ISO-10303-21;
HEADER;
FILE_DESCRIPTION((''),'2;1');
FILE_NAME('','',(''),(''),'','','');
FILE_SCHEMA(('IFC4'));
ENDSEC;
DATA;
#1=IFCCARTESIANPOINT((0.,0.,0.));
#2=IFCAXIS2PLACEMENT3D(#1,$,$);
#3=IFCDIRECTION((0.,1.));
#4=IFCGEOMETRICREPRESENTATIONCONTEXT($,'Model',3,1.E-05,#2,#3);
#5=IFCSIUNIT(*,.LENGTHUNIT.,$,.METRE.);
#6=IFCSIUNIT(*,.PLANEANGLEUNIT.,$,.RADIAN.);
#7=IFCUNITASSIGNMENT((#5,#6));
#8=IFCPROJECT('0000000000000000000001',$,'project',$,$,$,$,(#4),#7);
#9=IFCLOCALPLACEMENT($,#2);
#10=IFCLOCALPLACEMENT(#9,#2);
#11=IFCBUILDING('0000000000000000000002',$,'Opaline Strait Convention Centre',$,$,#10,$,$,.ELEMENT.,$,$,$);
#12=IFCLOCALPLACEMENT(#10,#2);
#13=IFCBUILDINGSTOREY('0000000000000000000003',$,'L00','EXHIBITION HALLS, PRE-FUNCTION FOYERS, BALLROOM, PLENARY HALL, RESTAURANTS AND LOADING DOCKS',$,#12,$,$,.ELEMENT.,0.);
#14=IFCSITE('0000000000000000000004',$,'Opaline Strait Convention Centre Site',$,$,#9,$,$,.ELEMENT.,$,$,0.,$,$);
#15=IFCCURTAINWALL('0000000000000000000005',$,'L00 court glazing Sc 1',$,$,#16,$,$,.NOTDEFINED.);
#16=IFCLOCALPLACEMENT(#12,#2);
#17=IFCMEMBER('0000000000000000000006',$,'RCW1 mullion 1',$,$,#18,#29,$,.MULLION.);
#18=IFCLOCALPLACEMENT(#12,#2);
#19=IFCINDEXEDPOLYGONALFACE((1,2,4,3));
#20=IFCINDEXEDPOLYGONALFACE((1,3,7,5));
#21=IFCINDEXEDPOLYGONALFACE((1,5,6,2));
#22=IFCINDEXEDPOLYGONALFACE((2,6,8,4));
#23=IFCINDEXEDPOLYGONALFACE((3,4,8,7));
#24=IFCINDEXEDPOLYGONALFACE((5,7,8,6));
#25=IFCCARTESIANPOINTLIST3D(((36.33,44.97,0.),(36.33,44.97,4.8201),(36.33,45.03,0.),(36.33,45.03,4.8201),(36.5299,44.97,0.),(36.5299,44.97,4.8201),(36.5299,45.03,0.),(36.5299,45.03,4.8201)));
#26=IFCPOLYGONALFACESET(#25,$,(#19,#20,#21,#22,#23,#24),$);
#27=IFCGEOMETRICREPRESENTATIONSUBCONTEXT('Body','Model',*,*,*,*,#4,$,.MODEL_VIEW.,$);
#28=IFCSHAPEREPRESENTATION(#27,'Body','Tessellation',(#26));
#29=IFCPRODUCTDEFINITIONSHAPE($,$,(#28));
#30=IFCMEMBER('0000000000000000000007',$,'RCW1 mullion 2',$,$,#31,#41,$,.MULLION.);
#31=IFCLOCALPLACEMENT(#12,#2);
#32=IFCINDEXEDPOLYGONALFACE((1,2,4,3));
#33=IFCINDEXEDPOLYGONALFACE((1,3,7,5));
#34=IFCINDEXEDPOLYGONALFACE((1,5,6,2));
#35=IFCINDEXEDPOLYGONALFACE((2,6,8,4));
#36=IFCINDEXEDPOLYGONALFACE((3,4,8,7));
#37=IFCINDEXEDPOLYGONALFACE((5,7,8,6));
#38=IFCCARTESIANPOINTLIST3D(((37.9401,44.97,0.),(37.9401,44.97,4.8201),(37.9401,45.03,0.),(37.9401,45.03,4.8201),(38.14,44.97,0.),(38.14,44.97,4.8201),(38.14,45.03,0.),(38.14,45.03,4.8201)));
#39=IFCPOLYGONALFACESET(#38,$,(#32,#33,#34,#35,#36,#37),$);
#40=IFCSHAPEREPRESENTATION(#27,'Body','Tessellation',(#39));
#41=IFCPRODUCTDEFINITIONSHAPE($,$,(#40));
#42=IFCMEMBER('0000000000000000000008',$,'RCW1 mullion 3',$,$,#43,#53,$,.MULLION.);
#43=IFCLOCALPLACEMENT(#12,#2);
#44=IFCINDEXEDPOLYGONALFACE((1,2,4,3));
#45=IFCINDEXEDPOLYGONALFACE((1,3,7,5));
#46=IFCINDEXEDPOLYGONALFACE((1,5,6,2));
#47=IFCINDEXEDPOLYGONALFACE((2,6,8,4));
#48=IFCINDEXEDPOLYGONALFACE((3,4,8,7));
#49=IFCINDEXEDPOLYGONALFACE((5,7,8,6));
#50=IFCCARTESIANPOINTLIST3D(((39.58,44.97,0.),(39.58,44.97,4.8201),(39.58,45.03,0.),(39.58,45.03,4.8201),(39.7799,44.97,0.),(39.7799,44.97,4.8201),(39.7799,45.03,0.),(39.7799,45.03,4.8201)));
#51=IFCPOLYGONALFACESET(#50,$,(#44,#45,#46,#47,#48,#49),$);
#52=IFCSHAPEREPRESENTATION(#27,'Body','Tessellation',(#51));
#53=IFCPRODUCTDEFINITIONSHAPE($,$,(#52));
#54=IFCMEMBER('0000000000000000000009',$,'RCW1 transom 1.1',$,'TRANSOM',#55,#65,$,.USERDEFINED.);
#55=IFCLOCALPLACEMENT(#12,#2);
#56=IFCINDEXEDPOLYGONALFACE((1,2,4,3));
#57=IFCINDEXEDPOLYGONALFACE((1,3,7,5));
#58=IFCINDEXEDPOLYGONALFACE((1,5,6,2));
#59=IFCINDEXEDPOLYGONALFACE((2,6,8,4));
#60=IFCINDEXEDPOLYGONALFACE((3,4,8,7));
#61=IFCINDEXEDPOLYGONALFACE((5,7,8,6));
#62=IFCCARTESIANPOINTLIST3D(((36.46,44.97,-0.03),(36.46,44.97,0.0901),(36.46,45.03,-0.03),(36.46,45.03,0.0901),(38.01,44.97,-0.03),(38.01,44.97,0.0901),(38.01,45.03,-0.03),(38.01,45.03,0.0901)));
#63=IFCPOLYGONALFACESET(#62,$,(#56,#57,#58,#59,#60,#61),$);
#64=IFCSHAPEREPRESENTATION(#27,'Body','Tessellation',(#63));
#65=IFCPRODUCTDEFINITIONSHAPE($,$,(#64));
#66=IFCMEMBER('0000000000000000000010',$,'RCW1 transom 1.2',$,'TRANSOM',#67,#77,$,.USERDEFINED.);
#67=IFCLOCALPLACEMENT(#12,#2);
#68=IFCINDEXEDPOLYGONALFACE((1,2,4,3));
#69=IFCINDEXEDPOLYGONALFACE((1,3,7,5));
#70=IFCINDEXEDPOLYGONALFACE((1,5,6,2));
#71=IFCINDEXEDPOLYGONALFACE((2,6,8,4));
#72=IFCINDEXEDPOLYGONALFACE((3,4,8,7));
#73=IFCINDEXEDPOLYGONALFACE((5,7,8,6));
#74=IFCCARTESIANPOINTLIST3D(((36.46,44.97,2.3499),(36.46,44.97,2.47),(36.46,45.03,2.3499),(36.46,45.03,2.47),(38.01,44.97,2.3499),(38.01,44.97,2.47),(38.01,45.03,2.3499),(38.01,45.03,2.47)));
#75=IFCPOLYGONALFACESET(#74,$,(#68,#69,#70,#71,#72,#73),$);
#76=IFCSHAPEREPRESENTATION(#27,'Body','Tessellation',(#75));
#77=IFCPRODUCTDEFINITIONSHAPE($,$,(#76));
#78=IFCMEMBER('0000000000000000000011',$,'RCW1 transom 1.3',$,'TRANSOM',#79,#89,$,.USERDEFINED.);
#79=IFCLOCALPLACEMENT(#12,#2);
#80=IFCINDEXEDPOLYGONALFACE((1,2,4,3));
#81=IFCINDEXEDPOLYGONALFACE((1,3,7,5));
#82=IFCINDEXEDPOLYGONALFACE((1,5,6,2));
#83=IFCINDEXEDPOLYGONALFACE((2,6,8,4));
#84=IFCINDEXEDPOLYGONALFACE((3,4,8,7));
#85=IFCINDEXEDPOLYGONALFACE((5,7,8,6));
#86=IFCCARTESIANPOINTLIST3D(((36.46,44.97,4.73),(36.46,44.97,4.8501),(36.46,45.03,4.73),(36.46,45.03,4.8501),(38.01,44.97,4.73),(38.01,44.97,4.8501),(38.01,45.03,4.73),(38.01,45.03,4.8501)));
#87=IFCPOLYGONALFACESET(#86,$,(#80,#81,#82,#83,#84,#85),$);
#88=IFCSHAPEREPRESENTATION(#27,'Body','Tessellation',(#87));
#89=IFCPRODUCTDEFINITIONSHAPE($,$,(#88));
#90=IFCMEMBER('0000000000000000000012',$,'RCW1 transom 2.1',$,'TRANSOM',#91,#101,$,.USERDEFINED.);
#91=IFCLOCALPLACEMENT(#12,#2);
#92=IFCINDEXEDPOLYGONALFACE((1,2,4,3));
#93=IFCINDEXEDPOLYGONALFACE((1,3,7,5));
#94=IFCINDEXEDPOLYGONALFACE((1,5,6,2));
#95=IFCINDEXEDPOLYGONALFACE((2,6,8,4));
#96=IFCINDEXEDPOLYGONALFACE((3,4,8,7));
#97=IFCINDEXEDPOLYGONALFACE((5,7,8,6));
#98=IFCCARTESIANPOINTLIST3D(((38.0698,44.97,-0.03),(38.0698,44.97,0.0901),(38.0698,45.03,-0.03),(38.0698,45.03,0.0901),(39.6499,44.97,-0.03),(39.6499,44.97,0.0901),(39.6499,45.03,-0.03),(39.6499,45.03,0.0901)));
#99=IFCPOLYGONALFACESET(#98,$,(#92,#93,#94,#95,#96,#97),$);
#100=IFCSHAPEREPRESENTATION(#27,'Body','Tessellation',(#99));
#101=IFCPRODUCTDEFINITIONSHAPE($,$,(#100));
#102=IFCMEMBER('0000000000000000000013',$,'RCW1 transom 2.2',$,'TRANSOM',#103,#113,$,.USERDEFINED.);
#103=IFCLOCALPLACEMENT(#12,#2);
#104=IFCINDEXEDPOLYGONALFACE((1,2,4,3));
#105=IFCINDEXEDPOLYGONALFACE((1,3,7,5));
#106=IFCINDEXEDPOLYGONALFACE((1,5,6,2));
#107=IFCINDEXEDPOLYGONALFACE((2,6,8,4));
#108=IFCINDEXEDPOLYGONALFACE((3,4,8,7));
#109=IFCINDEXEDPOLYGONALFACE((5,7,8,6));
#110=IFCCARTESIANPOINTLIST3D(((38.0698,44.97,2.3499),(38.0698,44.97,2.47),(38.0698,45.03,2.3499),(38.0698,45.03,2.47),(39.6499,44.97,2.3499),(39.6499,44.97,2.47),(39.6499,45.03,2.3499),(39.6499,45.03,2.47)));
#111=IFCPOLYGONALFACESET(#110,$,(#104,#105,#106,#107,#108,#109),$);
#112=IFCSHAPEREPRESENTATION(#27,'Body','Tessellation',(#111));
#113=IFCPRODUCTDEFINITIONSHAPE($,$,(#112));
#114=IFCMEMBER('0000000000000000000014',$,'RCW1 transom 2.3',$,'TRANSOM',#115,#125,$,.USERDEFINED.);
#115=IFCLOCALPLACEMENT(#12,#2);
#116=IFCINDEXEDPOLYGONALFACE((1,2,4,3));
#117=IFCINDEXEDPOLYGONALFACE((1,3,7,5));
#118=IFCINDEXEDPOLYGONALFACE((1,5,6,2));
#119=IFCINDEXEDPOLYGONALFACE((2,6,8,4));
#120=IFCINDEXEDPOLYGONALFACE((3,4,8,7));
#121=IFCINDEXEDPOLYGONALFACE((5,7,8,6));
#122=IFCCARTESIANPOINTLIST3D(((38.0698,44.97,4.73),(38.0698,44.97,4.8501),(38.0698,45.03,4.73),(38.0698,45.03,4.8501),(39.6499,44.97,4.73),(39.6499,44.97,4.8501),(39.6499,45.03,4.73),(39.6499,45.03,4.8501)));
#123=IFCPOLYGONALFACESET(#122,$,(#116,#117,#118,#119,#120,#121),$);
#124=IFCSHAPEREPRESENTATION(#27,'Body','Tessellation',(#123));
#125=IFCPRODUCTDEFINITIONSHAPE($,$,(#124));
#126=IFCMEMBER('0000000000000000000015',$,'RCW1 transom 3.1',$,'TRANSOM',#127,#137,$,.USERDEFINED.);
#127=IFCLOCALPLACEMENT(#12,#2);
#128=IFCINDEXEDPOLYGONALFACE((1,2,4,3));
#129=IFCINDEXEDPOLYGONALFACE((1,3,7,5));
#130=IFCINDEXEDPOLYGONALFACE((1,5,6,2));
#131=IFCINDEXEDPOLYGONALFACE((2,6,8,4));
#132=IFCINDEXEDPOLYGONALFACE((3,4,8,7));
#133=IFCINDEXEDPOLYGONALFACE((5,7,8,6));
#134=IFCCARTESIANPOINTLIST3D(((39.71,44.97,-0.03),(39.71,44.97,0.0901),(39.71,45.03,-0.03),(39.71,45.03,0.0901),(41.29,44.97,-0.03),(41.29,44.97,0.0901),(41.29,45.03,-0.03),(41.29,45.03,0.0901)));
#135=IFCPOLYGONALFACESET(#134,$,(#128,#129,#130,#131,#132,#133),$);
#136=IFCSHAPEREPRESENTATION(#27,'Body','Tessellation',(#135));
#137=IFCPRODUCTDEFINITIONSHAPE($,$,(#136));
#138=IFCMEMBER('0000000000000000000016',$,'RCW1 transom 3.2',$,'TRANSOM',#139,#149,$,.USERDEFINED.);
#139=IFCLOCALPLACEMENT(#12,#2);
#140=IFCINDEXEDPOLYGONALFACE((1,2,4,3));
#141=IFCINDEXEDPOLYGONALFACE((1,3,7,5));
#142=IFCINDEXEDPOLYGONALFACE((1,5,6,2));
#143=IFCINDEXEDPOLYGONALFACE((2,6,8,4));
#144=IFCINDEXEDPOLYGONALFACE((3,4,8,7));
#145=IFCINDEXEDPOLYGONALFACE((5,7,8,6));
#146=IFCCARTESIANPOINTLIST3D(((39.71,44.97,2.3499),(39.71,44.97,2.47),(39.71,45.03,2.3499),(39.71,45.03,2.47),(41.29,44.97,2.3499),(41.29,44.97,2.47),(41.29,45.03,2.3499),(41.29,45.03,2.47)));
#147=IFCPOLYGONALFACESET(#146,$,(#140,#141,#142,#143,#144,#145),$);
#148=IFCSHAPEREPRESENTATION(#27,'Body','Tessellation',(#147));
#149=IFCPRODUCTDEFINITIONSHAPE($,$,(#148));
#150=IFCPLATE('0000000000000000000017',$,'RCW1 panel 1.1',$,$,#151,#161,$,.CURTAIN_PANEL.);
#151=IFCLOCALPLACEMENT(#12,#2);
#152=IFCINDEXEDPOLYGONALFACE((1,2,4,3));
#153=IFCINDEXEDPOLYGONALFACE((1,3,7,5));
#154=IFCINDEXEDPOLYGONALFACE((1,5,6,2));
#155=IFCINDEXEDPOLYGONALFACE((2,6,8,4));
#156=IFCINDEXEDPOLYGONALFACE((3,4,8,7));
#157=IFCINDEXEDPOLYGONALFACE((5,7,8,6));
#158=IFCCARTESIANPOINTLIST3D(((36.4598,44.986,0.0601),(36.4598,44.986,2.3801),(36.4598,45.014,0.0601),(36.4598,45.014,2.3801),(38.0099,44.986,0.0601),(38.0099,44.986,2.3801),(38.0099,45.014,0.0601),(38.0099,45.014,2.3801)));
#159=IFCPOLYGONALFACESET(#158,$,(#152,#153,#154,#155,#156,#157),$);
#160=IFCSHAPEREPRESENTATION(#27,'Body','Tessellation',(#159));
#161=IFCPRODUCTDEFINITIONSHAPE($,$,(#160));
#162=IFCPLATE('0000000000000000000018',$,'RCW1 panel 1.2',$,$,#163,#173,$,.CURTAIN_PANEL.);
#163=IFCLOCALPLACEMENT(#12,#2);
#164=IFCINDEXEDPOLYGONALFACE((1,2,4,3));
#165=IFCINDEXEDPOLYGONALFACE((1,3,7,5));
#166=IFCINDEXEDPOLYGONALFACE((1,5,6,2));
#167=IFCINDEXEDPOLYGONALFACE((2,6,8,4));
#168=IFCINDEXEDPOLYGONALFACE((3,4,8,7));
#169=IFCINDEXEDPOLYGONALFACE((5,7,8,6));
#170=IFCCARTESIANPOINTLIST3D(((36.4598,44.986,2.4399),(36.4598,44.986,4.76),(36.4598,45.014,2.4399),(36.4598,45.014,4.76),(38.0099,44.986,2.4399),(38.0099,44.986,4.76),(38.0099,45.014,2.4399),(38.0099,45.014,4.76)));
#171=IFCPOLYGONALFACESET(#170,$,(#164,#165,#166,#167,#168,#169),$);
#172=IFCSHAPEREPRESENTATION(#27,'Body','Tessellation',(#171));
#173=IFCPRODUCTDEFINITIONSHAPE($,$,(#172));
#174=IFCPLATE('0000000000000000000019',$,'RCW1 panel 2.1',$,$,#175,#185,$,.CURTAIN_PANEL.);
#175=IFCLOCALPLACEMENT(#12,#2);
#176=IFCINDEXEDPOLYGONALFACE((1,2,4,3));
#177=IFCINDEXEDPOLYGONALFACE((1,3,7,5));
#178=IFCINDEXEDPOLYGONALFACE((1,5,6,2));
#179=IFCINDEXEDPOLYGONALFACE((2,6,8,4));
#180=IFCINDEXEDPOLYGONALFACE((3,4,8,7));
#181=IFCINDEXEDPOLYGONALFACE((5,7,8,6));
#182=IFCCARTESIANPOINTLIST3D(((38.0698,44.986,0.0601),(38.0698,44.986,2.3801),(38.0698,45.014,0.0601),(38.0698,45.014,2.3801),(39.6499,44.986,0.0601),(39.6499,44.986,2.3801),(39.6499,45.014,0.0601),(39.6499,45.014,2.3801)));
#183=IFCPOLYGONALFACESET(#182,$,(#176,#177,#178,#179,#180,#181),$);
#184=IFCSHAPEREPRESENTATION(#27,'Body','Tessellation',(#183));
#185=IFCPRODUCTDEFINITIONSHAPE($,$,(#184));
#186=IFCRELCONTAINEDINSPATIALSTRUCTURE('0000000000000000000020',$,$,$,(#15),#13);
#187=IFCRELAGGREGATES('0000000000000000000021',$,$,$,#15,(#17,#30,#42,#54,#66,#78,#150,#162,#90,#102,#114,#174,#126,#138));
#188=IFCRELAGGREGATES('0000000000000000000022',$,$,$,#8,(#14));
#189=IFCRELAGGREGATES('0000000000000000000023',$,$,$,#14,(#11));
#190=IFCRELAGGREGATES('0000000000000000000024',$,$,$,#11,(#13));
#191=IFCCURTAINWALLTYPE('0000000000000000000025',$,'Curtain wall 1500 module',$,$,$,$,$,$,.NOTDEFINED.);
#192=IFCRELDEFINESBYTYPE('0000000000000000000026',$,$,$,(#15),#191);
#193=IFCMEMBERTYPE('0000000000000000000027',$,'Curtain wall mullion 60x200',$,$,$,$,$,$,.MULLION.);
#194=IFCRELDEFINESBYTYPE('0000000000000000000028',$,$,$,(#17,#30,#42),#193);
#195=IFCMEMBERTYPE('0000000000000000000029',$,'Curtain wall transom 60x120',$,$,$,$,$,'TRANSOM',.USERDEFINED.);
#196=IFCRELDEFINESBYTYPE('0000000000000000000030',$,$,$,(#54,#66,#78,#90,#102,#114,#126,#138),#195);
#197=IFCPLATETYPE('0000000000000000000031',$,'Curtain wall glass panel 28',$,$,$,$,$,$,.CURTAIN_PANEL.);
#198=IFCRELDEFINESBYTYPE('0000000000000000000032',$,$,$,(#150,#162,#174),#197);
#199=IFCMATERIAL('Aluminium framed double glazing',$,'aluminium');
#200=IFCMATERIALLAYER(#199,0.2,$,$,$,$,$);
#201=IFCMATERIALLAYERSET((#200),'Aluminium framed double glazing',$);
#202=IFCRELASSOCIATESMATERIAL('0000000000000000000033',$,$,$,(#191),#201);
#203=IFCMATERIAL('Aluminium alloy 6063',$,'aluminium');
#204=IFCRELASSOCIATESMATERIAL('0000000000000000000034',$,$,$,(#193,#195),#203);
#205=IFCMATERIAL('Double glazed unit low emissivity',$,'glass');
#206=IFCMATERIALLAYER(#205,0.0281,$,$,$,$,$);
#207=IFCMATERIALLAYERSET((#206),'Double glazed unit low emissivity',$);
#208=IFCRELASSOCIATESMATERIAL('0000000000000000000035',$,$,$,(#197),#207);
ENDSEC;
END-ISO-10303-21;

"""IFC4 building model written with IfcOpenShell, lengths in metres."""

from ifc_helpers import new_model, si_unit, direction, frame, origin, origin_2d, place, context, subcontext, project, spatial, rectangle, extrude, material, layer, layer_set, material_profile, profile_set, type_object, element, aggregate, save


model = new_model("IFC4")

# Units and contexts
model_context = context("Model", 3, precision=1e-05, world=origin(), true_north=direction((0.0, 1.0)))
body_context = subcontext(model_context, "Body", "Model", "MODEL_VIEW")
ifc_project = project(units=[si_unit("LENGTHUNIT", "METRE"), si_unit("PLANEANGLEUNIT", "RADIAN")], contexts=[model_context])

# Site, building, storey
site_placement = place(None, origin())
site = spatial("IfcSite", under=ifc_project, at=site_placement, Name="Opaline Strait Convention Centre Site", CompositionType="ELEMENT", RefElevation=0.0)
building_placement = place(site_placement, origin())
building = spatial("IfcBuilding", under=site, at=building_placement, Name="Opaline Strait Convention Centre", CompositionType="ELEMENT")
storey_placement = place(building_placement, origin())
storey = spatial("IfcBuildingStorey", under=building, at=storey_placement, Name="L00", Description="EXHIBITION HALLS, PRE-FUNCTION FOYERS, BALLROOM, PLENARY HALL, RESTAURANTS AND LOADING DOCKS", CompositionType="ELEMENT", Elevation=0.0)

# Curtain wall, members, plates
ifc_material_1 = material(Name="Aluminium framed double glazing", Category="aluminium")
ifc_layer_1 = layer(ifc_material_1, 0.2)
ifc_layer_set_1 = layer_set([ifc_layer_1], Name="Aluminium framed double glazing")
curtain_wall_type = type_object("IfcCurtainWallType", Name="Curtain wall 1500 module", PredefinedType="NOTDEFINED", material=ifc_layer_set_1)
curtain_wall_placement = place(storey_placement, origin())
curtain_wall = element("IfcCurtainWall", 1, at=curtain_wall_placement, inside=storey, type_object=curtain_wall_type, Name="L00 court glazing Sc 1", PredefinedType="NOTDEFINED")
ifc_material_2 = material(Name="Aluminium alloy 6063", Category="aluminium")
ifc_material_profile_1 = material_profile(ifc_material_2, rectangle(XDim=0.0601, YDim=0.2, at=origin_2d()), Name="Curtain wall mullion 60x200")
ifc_profile_set_1 = profile_set([ifc_material_profile_1], Name="Aluminium alloy 6063")
member_type_1 = type_object("IfcMemberType", Name="Curtain wall mullion 60x200", PredefinedType="MULLION", material=ifc_profile_set_1)
member_1_placement = place(storey_placement, frame((36.4299, 45.0, 0.0), z_axis=(0.0, 0.0, 1.0), x_axis=(0.0, 1.0, 0.0)))
member_1 = element("IfcMember", 2, at=member_1_placement, type_object=member_type_1, Name="RCW1 mullion 1", PredefinedType="MULLION", context=body_context, shape_type="SweptSolid", body=[
    extrude(rectangle(XDim=0.0601, YDim=0.2, at=origin_2d()), origin(), (0.0, 0.0, 1.0), 4.8201),
])
member_2_placement = place(storey_placement, frame((38.04, 45.0, 0.0), z_axis=(0.0, 0.0, 1.0), x_axis=(0.0, 1.0, 0.0)))
member_2 = element("IfcMember", 3, at=member_2_placement, type_object=member_type_1, Name="RCW1 mullion 2", PredefinedType="MULLION", context=body_context, shape_type="SweptSolid", body=[
    extrude(rectangle(XDim=0.0601, YDim=0.2, at=origin_2d()), origin(), (0.0, 0.0, 1.0), 4.8201),
])
member_3_placement = place(storey_placement, frame((39.6799, 45.0, 0.0), z_axis=(0.0, 0.0, 1.0), x_axis=(0.0, 1.0, 0.0)))
member_3 = element("IfcMember", 4, at=member_3_placement, type_object=member_type_1, Name="RCW1 mullion 3", PredefinedType="MULLION", context=body_context, shape_type="SweptSolid", body=[
    extrude(rectangle(XDim=0.0601, YDim=0.2, at=origin_2d()), origin(), (0.0, 0.0, 1.0), 4.8201),
])
ifc_material_profile_2 = material_profile(ifc_material_2, rectangle(XDim=0.0601, YDim=0.1201, at=origin_2d()), Name="Curtain wall transom 60x120")
ifc_profile_set_2 = profile_set([ifc_material_profile_2], Name="Aluminium alloy 6063")
member_type_2 = type_object("IfcMemberType", Name="Curtain wall transom 60x120", ElementType="TRANSOM", PredefinedType="USERDEFINED", material=ifc_profile_set_2)
member_4_placement = place(storey_placement, frame((36.46, 45.0, 0.03), z_axis=(1.0, 0.0, 0.0), x_axis=(0.0, 1.0, 0.0)))
member_4 = element("IfcMember", 5, at=member_4_placement, type_object=member_type_2, Name="RCW1 transom 1.1", ObjectType="TRANSOM", PredefinedType="USERDEFINED", context=body_context, shape_type="SweptSolid", body=[
    extrude(rectangle(XDim=0.0601, YDim=0.1201, at=origin_2d()), origin(), (0.0, 0.0, 1.0), 1.55),
])
member_5_placement = place(storey_placement, frame((36.46, 45.0, 2.4099), z_axis=(1.0, 0.0, 0.0), x_axis=(0.0, 1.0, 0.0)))
member_5 = element("IfcMember", 6, at=member_5_placement, type_object=member_type_2, Name="RCW1 transom 1.2", ObjectType="TRANSOM", PredefinedType="USERDEFINED", context=body_context, shape_type="SweptSolid", body=[
    extrude(rectangle(XDim=0.0601, YDim=0.1201, at=origin_2d()), origin(), (0.0, 0.0, 1.0), 1.55),
])
member_6_placement = place(storey_placement, frame((36.46, 45.0, 4.79), z_axis=(1.0, 0.0, 0.0), x_axis=(0.0, 1.0, 0.0)))
member_6 = element("IfcMember", 7, at=member_6_placement, type_object=member_type_2, Name="RCW1 transom 1.3", ObjectType="TRANSOM", PredefinedType="USERDEFINED", context=body_context, shape_type="SweptSolid", body=[
    extrude(rectangle(XDim=0.0601, YDim=0.1201, at=origin_2d()), origin(), (0.0, 0.0, 1.0), 1.55),
])
member_7_placement = place(storey_placement, frame((38.0698, 45.0, 0.03), z_axis=(1.0, 0.0, 0.0), x_axis=(0.0, 1.0, 0.0)))
member_7 = element("IfcMember", 8, at=member_7_placement, type_object=member_type_2, Name="RCW1 transom 2.1", ObjectType="TRANSOM", PredefinedType="USERDEFINED", context=body_context, shape_type="SweptSolid", body=[
    extrude(rectangle(XDim=0.0601, YDim=0.1201, at=origin_2d()), origin(), (0.0, 0.0, 1.0), 1.5801),
])
member_8_placement = place(storey_placement, frame((38.0698, 45.0, 2.4099), z_axis=(1.0, 0.0, 0.0), x_axis=(0.0, 1.0, 0.0)))
member_8 = element("IfcMember", 9, at=member_8_placement, type_object=member_type_2, Name="RCW1 transom 2.2", ObjectType="TRANSOM", PredefinedType="USERDEFINED", context=body_context, shape_type="SweptSolid", body=[
    extrude(rectangle(XDim=0.0601, YDim=0.1201, at=origin_2d()), origin(), (0.0, 0.0, 1.0), 1.5801),
])
member_9_placement = place(storey_placement, frame((38.0698, 45.0, 4.79), z_axis=(1.0, 0.0, 0.0), x_axis=(0.0, 1.0, 0.0)))
member_9 = element("IfcMember", 10, at=member_9_placement, type_object=member_type_2, Name="RCW1 transom 2.3", ObjectType="TRANSOM", PredefinedType="USERDEFINED", context=body_context, shape_type="SweptSolid", body=[
    extrude(rectangle(XDim=0.0601, YDim=0.1201, at=origin_2d()), origin(), (0.0, 0.0, 1.0), 1.5801),
])
member_10_placement = place(storey_placement, frame((39.71, 45.0, 0.03), z_axis=(1.0, 0.0, 0.0), x_axis=(0.0, 1.0, 0.0)))
member_10 = element("IfcMember", 11, at=member_10_placement, type_object=member_type_2, Name="RCW1 transom 3.1", ObjectType="TRANSOM", PredefinedType="USERDEFINED", context=body_context, shape_type="SweptSolid", body=[
    extrude(rectangle(XDim=0.0601, YDim=0.1201, at=origin_2d()), origin(), (0.0, 0.0, 1.0), 1.5801),
])
member_11_placement = place(storey_placement, frame((39.71, 45.0, 2.4099), z_axis=(1.0, 0.0, 0.0), x_axis=(0.0, 1.0, 0.0)))
member_11 = element("IfcMember", 12, at=member_11_placement, type_object=member_type_2, Name="RCW1 transom 3.2", ObjectType="TRANSOM", PredefinedType="USERDEFINED", context=body_context, shape_type="SweptSolid", body=[
    extrude(rectangle(XDim=0.0601, YDim=0.1201, at=origin_2d()), origin(), (0.0, 0.0, 1.0), 1.5801),
])
ifc_material_3 = material(Name="Double glazed unit low emissivity", Category="glass")
ifc_layer_2 = layer(ifc_material_3, 0.0281)
ifc_layer_set_2 = layer_set([ifc_layer_2], Name="Double glazed unit low emissivity")
plate_type = type_object("IfcPlateType", Name="Curtain wall glass panel 28", PredefinedType="CURTAIN_PANEL", material=ifc_layer_set_2)
plate_1_placement = place(storey_placement, frame((37.2349, 45.0, 0.0601), z_axis=(0.0, 0.0, 1.0), x_axis=(1.0, 0.0, 0.0)))
plate_1 = element("IfcPlate", 13, at=plate_1_placement, type_object=plate_type, Name="RCW1 panel 1.1", PredefinedType="CURTAIN_PANEL", context=body_context, shape_type="SweptSolid", body=[
    extrude(rectangle(XDim=1.55, YDim=0.0281, at=origin_2d()), origin(), (0.0, 0.0, 1.0), 2.3201),
])
plate_2_placement = place(storey_placement, frame((37.2349, 45.0, 2.4399), z_axis=(0.0, 0.0, 1.0), x_axis=(1.0, 0.0, 0.0)))
plate_2 = element("IfcPlate", 14, at=plate_2_placement, type_object=plate_type, Name="RCW1 panel 1.2", PredefinedType="CURTAIN_PANEL", context=body_context, shape_type="SweptSolid", body=[
    extrude(rectangle(XDim=1.55, YDim=0.0281, at=origin_2d()), origin(), (0.0, 0.0, 1.0), 2.3201),
])
plate_3_placement = place(storey_placement, frame((38.8599, 45.0, 0.0601), z_axis=(0.0, 0.0, 1.0), x_axis=(1.0, 0.0, 0.0)))
plate_3 = element("IfcPlate", 15, at=plate_3_placement, type_object=plate_type, Name="RCW1 panel 2.1", PredefinedType="CURTAIN_PANEL", context=body_context, shape_type="SweptSolid", body=[
    extrude(rectangle(XDim=1.5801, YDim=0.0281, at=origin_2d()), origin(), (0.0, 0.0, 1.0), 2.3201),
])
aggregate(curtain_wall, [member_1, member_2, member_3, member_4, member_5, member_6, plate_1, plate_2, member_7, member_8, member_9, plate_3, member_10, member_11])

save(model, "model.ifc")
